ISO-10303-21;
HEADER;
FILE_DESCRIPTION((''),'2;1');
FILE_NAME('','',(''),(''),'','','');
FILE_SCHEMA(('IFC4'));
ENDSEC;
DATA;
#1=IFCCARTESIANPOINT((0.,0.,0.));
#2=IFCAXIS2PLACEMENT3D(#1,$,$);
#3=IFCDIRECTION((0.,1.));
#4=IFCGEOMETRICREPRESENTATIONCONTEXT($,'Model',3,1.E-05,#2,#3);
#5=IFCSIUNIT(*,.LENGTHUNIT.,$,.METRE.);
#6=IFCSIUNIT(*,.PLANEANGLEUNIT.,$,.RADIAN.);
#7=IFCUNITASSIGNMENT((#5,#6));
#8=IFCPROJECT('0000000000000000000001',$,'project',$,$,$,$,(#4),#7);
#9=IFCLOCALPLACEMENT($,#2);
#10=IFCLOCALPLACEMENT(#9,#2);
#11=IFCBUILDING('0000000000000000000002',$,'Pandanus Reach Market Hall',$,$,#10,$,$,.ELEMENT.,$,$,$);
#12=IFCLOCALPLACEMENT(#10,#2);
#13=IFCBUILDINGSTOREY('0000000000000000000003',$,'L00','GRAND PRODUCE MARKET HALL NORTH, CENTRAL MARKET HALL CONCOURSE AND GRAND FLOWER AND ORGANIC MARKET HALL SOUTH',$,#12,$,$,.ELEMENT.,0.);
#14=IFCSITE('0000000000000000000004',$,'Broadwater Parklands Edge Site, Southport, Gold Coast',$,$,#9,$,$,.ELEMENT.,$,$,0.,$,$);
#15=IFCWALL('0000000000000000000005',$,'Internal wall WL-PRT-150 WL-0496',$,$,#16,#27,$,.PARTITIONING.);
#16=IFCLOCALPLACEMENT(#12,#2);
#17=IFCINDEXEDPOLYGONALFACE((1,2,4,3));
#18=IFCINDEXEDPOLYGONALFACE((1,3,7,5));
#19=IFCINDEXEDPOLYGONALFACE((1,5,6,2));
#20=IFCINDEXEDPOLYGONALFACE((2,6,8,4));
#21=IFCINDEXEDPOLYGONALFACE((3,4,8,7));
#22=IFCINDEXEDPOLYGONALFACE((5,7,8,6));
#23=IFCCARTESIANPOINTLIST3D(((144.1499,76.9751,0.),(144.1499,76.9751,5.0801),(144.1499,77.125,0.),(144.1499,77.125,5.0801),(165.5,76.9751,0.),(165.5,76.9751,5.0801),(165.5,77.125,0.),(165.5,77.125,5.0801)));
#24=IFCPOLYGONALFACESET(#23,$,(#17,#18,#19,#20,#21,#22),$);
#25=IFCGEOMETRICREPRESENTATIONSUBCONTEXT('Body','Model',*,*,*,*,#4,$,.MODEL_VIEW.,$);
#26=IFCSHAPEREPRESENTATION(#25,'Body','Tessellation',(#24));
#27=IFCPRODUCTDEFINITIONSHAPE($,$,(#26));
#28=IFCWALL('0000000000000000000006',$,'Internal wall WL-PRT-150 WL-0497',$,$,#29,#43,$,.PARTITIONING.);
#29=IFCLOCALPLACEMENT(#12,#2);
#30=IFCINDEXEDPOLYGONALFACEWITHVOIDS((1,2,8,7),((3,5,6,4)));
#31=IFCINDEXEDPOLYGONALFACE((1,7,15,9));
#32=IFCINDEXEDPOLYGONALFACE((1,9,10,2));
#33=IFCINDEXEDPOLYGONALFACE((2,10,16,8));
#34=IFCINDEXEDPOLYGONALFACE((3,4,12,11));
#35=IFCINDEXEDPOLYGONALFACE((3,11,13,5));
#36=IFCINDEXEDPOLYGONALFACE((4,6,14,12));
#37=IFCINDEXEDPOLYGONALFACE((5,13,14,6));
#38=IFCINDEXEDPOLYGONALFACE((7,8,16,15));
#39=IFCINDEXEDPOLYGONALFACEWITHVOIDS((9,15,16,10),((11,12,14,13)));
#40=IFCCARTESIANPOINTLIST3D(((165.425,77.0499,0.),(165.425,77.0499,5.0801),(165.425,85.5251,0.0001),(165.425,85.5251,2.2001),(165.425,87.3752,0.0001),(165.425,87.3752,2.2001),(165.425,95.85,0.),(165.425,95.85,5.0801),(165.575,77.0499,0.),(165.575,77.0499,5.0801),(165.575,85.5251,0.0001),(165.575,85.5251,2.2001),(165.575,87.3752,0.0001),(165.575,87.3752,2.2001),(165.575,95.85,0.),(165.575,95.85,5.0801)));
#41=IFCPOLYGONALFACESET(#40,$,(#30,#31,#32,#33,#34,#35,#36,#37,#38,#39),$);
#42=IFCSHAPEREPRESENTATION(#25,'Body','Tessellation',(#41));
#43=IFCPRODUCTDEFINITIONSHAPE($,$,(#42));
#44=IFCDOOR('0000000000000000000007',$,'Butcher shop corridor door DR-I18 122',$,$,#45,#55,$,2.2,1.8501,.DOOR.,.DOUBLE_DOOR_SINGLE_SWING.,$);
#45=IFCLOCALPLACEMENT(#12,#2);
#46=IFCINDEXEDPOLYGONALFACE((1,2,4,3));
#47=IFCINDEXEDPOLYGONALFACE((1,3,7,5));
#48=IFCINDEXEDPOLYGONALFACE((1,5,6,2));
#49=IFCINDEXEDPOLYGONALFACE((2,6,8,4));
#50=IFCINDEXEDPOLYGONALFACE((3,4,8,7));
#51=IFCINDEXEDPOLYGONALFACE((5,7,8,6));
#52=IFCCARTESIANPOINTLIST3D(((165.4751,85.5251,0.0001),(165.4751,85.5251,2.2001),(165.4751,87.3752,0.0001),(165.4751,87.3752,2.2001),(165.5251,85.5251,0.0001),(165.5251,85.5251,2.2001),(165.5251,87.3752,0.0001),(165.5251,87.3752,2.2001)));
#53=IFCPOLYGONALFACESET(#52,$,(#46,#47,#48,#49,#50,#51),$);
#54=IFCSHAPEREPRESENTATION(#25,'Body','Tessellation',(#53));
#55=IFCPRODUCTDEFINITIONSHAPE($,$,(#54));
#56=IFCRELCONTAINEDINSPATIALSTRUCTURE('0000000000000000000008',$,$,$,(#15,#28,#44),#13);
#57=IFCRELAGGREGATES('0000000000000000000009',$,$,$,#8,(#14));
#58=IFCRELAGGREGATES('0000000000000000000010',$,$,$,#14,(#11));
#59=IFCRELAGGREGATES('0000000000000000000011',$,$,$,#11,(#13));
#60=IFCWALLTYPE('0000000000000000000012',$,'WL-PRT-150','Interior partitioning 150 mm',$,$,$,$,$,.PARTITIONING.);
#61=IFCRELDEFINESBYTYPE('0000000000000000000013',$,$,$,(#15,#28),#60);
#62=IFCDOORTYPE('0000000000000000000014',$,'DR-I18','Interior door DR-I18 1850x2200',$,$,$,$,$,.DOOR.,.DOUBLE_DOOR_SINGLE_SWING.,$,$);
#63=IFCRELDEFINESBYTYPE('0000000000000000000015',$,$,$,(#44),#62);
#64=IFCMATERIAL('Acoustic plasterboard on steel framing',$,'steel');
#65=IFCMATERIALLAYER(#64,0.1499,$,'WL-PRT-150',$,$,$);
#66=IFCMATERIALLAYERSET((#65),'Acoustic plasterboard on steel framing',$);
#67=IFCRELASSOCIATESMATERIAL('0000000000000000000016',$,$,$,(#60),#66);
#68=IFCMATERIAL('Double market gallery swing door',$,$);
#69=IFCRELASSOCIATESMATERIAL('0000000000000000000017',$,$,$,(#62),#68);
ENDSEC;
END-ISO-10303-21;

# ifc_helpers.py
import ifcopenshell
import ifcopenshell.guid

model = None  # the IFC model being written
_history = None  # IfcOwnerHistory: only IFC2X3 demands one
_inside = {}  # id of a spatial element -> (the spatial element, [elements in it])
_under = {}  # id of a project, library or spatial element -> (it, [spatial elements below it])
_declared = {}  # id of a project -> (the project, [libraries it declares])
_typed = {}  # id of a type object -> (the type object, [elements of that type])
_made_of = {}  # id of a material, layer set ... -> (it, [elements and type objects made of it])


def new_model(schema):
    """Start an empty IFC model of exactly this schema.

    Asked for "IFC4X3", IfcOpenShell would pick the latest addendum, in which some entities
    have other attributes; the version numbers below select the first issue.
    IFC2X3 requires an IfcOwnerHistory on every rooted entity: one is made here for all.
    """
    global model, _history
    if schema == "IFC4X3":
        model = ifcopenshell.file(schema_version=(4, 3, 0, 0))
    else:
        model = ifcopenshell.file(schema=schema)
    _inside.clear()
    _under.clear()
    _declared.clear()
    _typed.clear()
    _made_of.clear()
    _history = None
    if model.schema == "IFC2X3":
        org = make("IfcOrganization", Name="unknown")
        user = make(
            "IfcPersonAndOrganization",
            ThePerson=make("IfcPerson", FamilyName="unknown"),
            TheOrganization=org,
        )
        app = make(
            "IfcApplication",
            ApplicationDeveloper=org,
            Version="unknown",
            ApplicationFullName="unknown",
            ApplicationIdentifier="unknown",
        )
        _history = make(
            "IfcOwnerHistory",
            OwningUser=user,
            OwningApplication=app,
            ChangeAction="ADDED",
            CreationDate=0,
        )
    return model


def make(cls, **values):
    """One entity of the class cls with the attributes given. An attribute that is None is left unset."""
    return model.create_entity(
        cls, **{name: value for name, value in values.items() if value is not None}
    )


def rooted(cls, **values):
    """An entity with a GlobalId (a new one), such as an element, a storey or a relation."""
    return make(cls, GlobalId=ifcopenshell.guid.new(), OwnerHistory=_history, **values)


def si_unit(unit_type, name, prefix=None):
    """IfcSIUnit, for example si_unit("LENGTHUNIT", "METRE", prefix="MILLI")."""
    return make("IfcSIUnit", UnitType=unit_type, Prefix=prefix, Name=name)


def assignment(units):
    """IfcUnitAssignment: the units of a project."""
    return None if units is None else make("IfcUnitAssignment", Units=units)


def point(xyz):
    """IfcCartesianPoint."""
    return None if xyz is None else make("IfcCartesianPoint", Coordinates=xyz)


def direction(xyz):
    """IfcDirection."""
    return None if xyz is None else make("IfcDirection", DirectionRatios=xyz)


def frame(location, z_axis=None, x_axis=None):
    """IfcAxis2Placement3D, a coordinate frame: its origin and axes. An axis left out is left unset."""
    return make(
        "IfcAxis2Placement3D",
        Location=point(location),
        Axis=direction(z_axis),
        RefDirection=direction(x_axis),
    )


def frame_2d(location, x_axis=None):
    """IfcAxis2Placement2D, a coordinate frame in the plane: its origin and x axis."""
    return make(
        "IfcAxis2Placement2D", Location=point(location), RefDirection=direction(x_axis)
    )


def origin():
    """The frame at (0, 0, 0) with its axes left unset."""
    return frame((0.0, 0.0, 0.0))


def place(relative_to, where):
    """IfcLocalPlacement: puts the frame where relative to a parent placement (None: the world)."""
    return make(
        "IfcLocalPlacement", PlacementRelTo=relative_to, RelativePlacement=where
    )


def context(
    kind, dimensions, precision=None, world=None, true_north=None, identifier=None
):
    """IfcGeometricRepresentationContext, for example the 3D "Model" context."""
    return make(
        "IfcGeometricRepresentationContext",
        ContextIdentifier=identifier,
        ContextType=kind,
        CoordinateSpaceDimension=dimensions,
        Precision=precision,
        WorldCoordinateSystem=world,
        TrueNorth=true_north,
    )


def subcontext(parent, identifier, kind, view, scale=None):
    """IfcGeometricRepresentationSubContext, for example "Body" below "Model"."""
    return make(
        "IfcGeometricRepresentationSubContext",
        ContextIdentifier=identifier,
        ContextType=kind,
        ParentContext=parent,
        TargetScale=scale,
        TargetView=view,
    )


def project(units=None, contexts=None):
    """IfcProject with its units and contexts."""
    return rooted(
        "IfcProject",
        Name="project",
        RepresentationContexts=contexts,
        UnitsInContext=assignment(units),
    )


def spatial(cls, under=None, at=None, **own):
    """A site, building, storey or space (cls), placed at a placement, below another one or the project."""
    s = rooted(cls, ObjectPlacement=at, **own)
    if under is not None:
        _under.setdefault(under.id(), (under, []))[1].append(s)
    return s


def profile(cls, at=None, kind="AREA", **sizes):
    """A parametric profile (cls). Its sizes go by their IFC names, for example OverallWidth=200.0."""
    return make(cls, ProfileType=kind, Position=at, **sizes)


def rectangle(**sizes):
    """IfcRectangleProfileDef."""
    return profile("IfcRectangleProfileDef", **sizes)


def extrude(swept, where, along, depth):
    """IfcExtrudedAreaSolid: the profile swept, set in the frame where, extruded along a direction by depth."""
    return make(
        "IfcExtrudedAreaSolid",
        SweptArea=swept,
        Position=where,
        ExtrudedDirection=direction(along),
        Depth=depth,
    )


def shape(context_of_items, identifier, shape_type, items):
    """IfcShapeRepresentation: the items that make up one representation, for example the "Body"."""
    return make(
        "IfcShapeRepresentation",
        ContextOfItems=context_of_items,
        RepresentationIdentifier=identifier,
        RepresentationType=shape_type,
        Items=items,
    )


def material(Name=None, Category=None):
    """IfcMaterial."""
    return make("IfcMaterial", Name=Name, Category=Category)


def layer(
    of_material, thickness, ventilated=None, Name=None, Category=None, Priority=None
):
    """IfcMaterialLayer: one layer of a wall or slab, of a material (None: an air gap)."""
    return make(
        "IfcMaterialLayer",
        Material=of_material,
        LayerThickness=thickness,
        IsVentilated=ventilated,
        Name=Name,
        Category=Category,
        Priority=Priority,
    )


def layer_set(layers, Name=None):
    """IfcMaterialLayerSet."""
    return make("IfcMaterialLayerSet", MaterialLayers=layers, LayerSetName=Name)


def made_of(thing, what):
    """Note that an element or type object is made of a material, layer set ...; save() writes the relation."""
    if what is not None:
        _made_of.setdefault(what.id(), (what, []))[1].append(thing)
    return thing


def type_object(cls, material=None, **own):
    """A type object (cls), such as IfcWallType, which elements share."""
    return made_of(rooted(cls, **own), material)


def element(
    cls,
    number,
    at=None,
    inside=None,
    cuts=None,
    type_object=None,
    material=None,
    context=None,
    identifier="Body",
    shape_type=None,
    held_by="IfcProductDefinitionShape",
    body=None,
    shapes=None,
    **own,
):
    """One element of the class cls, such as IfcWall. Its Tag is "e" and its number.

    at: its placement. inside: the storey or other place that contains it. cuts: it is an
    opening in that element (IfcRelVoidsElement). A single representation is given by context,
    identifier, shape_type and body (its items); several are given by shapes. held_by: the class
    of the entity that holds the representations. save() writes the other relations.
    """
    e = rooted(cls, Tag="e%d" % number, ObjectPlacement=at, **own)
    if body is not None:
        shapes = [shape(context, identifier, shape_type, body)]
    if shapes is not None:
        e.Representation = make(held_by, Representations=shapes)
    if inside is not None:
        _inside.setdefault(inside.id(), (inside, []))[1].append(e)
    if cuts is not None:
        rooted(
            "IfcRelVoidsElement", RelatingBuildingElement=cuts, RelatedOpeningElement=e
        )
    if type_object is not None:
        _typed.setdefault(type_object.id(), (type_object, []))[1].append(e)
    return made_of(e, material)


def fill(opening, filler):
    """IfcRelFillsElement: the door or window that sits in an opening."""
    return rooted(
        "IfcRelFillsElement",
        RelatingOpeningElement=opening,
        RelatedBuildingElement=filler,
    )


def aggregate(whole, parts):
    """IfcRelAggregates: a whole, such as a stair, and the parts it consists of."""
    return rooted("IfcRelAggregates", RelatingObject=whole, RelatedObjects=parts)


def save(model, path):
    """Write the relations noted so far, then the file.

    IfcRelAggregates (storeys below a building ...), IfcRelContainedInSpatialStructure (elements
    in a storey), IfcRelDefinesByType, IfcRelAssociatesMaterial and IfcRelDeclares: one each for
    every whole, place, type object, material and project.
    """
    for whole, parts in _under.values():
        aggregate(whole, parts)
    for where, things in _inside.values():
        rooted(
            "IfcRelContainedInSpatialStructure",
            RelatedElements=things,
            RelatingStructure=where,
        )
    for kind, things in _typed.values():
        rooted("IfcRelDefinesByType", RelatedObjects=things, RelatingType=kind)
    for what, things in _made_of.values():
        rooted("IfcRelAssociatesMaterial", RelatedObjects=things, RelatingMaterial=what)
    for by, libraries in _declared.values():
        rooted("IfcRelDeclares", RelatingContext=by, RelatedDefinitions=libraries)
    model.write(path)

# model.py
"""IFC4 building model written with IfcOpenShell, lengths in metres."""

from ifc_helpers import new_model, si_unit, direction, frame, frame_2d, origin, place, context, subcontext, project, spatial, rectangle, extrude, material, layer, layer_set, type_object, element, fill, save


model = new_model("IFC4")

# Units and contexts
model_context = context("Model", 3, precision=1e-05, world=origin(), true_north=direction((0.0, 1.0)))
body_context = subcontext(model_context, "Body", "Model", "MODEL_VIEW")
ifc_project = project(units=[si_unit("LENGTHUNIT", "METRE"), si_unit("PLANEANGLEUNIT", "RADIAN")], contexts=[model_context])

# Site, building, storey
site_placement = place(None, origin())
site = spatial("IfcSite", under=ifc_project, at=site_placement, Name="Broadwater Parklands Edge Site, Southport, Gold Coast", CompositionType="ELEMENT", RefElevation=0.0)
building_placement = place(site_placement, origin())
building = spatial("IfcBuilding", under=site, at=building_placement, Name="Pandanus Reach Market Hall", CompositionType="ELEMENT")
storey_placement = place(building_placement, origin())
storey = spatial("IfcBuildingStorey", under=building, at=storey_placement, Name="L00", Description="GRAND PRODUCE MARKET HALL NORTH, CENTRAL MARKET HALL CONCOURSE AND GRAND FLOWER AND ORGANIC MARKET HALL SOUTH", CompositionType="ELEMENT", Elevation=0.0)

# Wall
ifc_material_1 = material(Name="Acoustic plasterboard on steel framing", Category="steel")
ifc_layer_1 = layer(ifc_material_1, 0.1499, Name="WL-PRT-150")
ifc_layer_set_1 = layer_set([ifc_layer_1], Name="Acoustic plasterboard on steel framing")
wall_type = type_object("IfcWallType", Name="WL-PRT-150", Description="Interior partitioning 150 mm", PredefinedType="PARTITIONING", material=ifc_layer_set_1)
wall_1_placement = place(storey_placement, frame((144.1499, 77.05, 0.0), z_axis=(0.0, 0.0, 1.0), x_axis=(1.0, 0.0, 0.0)))
element("IfcWall", 1, at=wall_1_placement, inside=storey, type_object=wall_type, Name="Internal wall WL-PRT-150 WL-0496", PredefinedType="PARTITIONING", context=body_context, shape_type="SweptSolid", body=[
    extrude(rectangle(XDim=21.3501, YDim=0.1499, at=frame_2d((10.675, 0.0))), origin(), (0.0, 0.0, 1.0), 5.0801),
])

# Wall, opening, door
wall_2_placement = place(storey_placement, frame((165.5, 77.05, 0.0), z_axis=(0.0, 0.0, 1.0), x_axis=(0.0, 1.0, 0.0)))
wall_2 = element("IfcWall", 2, at=wall_2_placement, inside=storey, type_object=wall_type, Name="Internal wall WL-PRT-150 WL-0497", PredefinedType="PARTITIONING", context=body_context, shape_type="SweptSolid", body=[
    extrude(rectangle(XDim=18.8, YDim=0.1499, at=frame_2d((9.3999, 0.0))), origin(), (0.0, 0.0, 1.0), 5.0801),
])
opening_placement = place(wall_2_placement, frame((8.4751, 0.0, 0.0)))
opening = element("IfcOpeningElement", 3, at=opening_placement, cuts=wall_2, PredefinedType="OPENING", context=body_context, shape_type="SweptSolid", body=[
    extrude(rectangle(XDim=1.8501, YDim=2.2, at=frame_2d((0.925, 1.1001))), frame((0.0, 0.0898, 0.0), z_axis=(0.0, -1.0, 0.0), x_axis=(1.0, 0.0, 0.0)), (0.0, 0.0, 1.0), 0.1799),
])
ifc_material_2 = material(Name="Double market gallery swing door")
door_type = type_object("IfcDoorType", Name="DR-I18", Description="Interior door DR-I18 1850x2200", OperationType="DOUBLE_DOOR_SINGLE_SWING", PredefinedType="DOOR", material=ifc_material_2)
door_placement = place(opening_placement, origin())
door = element("IfcDoor", 4, at=door_placement, inside=storey, type_object=door_type, Name="Butcher shop corridor door DR-I18 122", OperationType="DOUBLE_DOOR_SINGLE_SWING", OverallHeight=2.2, OverallWidth=1.8501, PredefinedType="DOOR", context=body_context, shape_type="SweptSolid", body=[
    extrude(rectangle(XDim=1.8501, YDim=2.2, at=frame_2d((0.925, 1.1001))), frame((0.0, 0.0249, 0.0), z_axis=(0.0, -1.0, 0.0), x_axis=(1.0, 0.0, 0.0)), (0.0, 0.0, 1.0), 0.05),
])
fill(opening, door)

save(model, "model.ifc")
